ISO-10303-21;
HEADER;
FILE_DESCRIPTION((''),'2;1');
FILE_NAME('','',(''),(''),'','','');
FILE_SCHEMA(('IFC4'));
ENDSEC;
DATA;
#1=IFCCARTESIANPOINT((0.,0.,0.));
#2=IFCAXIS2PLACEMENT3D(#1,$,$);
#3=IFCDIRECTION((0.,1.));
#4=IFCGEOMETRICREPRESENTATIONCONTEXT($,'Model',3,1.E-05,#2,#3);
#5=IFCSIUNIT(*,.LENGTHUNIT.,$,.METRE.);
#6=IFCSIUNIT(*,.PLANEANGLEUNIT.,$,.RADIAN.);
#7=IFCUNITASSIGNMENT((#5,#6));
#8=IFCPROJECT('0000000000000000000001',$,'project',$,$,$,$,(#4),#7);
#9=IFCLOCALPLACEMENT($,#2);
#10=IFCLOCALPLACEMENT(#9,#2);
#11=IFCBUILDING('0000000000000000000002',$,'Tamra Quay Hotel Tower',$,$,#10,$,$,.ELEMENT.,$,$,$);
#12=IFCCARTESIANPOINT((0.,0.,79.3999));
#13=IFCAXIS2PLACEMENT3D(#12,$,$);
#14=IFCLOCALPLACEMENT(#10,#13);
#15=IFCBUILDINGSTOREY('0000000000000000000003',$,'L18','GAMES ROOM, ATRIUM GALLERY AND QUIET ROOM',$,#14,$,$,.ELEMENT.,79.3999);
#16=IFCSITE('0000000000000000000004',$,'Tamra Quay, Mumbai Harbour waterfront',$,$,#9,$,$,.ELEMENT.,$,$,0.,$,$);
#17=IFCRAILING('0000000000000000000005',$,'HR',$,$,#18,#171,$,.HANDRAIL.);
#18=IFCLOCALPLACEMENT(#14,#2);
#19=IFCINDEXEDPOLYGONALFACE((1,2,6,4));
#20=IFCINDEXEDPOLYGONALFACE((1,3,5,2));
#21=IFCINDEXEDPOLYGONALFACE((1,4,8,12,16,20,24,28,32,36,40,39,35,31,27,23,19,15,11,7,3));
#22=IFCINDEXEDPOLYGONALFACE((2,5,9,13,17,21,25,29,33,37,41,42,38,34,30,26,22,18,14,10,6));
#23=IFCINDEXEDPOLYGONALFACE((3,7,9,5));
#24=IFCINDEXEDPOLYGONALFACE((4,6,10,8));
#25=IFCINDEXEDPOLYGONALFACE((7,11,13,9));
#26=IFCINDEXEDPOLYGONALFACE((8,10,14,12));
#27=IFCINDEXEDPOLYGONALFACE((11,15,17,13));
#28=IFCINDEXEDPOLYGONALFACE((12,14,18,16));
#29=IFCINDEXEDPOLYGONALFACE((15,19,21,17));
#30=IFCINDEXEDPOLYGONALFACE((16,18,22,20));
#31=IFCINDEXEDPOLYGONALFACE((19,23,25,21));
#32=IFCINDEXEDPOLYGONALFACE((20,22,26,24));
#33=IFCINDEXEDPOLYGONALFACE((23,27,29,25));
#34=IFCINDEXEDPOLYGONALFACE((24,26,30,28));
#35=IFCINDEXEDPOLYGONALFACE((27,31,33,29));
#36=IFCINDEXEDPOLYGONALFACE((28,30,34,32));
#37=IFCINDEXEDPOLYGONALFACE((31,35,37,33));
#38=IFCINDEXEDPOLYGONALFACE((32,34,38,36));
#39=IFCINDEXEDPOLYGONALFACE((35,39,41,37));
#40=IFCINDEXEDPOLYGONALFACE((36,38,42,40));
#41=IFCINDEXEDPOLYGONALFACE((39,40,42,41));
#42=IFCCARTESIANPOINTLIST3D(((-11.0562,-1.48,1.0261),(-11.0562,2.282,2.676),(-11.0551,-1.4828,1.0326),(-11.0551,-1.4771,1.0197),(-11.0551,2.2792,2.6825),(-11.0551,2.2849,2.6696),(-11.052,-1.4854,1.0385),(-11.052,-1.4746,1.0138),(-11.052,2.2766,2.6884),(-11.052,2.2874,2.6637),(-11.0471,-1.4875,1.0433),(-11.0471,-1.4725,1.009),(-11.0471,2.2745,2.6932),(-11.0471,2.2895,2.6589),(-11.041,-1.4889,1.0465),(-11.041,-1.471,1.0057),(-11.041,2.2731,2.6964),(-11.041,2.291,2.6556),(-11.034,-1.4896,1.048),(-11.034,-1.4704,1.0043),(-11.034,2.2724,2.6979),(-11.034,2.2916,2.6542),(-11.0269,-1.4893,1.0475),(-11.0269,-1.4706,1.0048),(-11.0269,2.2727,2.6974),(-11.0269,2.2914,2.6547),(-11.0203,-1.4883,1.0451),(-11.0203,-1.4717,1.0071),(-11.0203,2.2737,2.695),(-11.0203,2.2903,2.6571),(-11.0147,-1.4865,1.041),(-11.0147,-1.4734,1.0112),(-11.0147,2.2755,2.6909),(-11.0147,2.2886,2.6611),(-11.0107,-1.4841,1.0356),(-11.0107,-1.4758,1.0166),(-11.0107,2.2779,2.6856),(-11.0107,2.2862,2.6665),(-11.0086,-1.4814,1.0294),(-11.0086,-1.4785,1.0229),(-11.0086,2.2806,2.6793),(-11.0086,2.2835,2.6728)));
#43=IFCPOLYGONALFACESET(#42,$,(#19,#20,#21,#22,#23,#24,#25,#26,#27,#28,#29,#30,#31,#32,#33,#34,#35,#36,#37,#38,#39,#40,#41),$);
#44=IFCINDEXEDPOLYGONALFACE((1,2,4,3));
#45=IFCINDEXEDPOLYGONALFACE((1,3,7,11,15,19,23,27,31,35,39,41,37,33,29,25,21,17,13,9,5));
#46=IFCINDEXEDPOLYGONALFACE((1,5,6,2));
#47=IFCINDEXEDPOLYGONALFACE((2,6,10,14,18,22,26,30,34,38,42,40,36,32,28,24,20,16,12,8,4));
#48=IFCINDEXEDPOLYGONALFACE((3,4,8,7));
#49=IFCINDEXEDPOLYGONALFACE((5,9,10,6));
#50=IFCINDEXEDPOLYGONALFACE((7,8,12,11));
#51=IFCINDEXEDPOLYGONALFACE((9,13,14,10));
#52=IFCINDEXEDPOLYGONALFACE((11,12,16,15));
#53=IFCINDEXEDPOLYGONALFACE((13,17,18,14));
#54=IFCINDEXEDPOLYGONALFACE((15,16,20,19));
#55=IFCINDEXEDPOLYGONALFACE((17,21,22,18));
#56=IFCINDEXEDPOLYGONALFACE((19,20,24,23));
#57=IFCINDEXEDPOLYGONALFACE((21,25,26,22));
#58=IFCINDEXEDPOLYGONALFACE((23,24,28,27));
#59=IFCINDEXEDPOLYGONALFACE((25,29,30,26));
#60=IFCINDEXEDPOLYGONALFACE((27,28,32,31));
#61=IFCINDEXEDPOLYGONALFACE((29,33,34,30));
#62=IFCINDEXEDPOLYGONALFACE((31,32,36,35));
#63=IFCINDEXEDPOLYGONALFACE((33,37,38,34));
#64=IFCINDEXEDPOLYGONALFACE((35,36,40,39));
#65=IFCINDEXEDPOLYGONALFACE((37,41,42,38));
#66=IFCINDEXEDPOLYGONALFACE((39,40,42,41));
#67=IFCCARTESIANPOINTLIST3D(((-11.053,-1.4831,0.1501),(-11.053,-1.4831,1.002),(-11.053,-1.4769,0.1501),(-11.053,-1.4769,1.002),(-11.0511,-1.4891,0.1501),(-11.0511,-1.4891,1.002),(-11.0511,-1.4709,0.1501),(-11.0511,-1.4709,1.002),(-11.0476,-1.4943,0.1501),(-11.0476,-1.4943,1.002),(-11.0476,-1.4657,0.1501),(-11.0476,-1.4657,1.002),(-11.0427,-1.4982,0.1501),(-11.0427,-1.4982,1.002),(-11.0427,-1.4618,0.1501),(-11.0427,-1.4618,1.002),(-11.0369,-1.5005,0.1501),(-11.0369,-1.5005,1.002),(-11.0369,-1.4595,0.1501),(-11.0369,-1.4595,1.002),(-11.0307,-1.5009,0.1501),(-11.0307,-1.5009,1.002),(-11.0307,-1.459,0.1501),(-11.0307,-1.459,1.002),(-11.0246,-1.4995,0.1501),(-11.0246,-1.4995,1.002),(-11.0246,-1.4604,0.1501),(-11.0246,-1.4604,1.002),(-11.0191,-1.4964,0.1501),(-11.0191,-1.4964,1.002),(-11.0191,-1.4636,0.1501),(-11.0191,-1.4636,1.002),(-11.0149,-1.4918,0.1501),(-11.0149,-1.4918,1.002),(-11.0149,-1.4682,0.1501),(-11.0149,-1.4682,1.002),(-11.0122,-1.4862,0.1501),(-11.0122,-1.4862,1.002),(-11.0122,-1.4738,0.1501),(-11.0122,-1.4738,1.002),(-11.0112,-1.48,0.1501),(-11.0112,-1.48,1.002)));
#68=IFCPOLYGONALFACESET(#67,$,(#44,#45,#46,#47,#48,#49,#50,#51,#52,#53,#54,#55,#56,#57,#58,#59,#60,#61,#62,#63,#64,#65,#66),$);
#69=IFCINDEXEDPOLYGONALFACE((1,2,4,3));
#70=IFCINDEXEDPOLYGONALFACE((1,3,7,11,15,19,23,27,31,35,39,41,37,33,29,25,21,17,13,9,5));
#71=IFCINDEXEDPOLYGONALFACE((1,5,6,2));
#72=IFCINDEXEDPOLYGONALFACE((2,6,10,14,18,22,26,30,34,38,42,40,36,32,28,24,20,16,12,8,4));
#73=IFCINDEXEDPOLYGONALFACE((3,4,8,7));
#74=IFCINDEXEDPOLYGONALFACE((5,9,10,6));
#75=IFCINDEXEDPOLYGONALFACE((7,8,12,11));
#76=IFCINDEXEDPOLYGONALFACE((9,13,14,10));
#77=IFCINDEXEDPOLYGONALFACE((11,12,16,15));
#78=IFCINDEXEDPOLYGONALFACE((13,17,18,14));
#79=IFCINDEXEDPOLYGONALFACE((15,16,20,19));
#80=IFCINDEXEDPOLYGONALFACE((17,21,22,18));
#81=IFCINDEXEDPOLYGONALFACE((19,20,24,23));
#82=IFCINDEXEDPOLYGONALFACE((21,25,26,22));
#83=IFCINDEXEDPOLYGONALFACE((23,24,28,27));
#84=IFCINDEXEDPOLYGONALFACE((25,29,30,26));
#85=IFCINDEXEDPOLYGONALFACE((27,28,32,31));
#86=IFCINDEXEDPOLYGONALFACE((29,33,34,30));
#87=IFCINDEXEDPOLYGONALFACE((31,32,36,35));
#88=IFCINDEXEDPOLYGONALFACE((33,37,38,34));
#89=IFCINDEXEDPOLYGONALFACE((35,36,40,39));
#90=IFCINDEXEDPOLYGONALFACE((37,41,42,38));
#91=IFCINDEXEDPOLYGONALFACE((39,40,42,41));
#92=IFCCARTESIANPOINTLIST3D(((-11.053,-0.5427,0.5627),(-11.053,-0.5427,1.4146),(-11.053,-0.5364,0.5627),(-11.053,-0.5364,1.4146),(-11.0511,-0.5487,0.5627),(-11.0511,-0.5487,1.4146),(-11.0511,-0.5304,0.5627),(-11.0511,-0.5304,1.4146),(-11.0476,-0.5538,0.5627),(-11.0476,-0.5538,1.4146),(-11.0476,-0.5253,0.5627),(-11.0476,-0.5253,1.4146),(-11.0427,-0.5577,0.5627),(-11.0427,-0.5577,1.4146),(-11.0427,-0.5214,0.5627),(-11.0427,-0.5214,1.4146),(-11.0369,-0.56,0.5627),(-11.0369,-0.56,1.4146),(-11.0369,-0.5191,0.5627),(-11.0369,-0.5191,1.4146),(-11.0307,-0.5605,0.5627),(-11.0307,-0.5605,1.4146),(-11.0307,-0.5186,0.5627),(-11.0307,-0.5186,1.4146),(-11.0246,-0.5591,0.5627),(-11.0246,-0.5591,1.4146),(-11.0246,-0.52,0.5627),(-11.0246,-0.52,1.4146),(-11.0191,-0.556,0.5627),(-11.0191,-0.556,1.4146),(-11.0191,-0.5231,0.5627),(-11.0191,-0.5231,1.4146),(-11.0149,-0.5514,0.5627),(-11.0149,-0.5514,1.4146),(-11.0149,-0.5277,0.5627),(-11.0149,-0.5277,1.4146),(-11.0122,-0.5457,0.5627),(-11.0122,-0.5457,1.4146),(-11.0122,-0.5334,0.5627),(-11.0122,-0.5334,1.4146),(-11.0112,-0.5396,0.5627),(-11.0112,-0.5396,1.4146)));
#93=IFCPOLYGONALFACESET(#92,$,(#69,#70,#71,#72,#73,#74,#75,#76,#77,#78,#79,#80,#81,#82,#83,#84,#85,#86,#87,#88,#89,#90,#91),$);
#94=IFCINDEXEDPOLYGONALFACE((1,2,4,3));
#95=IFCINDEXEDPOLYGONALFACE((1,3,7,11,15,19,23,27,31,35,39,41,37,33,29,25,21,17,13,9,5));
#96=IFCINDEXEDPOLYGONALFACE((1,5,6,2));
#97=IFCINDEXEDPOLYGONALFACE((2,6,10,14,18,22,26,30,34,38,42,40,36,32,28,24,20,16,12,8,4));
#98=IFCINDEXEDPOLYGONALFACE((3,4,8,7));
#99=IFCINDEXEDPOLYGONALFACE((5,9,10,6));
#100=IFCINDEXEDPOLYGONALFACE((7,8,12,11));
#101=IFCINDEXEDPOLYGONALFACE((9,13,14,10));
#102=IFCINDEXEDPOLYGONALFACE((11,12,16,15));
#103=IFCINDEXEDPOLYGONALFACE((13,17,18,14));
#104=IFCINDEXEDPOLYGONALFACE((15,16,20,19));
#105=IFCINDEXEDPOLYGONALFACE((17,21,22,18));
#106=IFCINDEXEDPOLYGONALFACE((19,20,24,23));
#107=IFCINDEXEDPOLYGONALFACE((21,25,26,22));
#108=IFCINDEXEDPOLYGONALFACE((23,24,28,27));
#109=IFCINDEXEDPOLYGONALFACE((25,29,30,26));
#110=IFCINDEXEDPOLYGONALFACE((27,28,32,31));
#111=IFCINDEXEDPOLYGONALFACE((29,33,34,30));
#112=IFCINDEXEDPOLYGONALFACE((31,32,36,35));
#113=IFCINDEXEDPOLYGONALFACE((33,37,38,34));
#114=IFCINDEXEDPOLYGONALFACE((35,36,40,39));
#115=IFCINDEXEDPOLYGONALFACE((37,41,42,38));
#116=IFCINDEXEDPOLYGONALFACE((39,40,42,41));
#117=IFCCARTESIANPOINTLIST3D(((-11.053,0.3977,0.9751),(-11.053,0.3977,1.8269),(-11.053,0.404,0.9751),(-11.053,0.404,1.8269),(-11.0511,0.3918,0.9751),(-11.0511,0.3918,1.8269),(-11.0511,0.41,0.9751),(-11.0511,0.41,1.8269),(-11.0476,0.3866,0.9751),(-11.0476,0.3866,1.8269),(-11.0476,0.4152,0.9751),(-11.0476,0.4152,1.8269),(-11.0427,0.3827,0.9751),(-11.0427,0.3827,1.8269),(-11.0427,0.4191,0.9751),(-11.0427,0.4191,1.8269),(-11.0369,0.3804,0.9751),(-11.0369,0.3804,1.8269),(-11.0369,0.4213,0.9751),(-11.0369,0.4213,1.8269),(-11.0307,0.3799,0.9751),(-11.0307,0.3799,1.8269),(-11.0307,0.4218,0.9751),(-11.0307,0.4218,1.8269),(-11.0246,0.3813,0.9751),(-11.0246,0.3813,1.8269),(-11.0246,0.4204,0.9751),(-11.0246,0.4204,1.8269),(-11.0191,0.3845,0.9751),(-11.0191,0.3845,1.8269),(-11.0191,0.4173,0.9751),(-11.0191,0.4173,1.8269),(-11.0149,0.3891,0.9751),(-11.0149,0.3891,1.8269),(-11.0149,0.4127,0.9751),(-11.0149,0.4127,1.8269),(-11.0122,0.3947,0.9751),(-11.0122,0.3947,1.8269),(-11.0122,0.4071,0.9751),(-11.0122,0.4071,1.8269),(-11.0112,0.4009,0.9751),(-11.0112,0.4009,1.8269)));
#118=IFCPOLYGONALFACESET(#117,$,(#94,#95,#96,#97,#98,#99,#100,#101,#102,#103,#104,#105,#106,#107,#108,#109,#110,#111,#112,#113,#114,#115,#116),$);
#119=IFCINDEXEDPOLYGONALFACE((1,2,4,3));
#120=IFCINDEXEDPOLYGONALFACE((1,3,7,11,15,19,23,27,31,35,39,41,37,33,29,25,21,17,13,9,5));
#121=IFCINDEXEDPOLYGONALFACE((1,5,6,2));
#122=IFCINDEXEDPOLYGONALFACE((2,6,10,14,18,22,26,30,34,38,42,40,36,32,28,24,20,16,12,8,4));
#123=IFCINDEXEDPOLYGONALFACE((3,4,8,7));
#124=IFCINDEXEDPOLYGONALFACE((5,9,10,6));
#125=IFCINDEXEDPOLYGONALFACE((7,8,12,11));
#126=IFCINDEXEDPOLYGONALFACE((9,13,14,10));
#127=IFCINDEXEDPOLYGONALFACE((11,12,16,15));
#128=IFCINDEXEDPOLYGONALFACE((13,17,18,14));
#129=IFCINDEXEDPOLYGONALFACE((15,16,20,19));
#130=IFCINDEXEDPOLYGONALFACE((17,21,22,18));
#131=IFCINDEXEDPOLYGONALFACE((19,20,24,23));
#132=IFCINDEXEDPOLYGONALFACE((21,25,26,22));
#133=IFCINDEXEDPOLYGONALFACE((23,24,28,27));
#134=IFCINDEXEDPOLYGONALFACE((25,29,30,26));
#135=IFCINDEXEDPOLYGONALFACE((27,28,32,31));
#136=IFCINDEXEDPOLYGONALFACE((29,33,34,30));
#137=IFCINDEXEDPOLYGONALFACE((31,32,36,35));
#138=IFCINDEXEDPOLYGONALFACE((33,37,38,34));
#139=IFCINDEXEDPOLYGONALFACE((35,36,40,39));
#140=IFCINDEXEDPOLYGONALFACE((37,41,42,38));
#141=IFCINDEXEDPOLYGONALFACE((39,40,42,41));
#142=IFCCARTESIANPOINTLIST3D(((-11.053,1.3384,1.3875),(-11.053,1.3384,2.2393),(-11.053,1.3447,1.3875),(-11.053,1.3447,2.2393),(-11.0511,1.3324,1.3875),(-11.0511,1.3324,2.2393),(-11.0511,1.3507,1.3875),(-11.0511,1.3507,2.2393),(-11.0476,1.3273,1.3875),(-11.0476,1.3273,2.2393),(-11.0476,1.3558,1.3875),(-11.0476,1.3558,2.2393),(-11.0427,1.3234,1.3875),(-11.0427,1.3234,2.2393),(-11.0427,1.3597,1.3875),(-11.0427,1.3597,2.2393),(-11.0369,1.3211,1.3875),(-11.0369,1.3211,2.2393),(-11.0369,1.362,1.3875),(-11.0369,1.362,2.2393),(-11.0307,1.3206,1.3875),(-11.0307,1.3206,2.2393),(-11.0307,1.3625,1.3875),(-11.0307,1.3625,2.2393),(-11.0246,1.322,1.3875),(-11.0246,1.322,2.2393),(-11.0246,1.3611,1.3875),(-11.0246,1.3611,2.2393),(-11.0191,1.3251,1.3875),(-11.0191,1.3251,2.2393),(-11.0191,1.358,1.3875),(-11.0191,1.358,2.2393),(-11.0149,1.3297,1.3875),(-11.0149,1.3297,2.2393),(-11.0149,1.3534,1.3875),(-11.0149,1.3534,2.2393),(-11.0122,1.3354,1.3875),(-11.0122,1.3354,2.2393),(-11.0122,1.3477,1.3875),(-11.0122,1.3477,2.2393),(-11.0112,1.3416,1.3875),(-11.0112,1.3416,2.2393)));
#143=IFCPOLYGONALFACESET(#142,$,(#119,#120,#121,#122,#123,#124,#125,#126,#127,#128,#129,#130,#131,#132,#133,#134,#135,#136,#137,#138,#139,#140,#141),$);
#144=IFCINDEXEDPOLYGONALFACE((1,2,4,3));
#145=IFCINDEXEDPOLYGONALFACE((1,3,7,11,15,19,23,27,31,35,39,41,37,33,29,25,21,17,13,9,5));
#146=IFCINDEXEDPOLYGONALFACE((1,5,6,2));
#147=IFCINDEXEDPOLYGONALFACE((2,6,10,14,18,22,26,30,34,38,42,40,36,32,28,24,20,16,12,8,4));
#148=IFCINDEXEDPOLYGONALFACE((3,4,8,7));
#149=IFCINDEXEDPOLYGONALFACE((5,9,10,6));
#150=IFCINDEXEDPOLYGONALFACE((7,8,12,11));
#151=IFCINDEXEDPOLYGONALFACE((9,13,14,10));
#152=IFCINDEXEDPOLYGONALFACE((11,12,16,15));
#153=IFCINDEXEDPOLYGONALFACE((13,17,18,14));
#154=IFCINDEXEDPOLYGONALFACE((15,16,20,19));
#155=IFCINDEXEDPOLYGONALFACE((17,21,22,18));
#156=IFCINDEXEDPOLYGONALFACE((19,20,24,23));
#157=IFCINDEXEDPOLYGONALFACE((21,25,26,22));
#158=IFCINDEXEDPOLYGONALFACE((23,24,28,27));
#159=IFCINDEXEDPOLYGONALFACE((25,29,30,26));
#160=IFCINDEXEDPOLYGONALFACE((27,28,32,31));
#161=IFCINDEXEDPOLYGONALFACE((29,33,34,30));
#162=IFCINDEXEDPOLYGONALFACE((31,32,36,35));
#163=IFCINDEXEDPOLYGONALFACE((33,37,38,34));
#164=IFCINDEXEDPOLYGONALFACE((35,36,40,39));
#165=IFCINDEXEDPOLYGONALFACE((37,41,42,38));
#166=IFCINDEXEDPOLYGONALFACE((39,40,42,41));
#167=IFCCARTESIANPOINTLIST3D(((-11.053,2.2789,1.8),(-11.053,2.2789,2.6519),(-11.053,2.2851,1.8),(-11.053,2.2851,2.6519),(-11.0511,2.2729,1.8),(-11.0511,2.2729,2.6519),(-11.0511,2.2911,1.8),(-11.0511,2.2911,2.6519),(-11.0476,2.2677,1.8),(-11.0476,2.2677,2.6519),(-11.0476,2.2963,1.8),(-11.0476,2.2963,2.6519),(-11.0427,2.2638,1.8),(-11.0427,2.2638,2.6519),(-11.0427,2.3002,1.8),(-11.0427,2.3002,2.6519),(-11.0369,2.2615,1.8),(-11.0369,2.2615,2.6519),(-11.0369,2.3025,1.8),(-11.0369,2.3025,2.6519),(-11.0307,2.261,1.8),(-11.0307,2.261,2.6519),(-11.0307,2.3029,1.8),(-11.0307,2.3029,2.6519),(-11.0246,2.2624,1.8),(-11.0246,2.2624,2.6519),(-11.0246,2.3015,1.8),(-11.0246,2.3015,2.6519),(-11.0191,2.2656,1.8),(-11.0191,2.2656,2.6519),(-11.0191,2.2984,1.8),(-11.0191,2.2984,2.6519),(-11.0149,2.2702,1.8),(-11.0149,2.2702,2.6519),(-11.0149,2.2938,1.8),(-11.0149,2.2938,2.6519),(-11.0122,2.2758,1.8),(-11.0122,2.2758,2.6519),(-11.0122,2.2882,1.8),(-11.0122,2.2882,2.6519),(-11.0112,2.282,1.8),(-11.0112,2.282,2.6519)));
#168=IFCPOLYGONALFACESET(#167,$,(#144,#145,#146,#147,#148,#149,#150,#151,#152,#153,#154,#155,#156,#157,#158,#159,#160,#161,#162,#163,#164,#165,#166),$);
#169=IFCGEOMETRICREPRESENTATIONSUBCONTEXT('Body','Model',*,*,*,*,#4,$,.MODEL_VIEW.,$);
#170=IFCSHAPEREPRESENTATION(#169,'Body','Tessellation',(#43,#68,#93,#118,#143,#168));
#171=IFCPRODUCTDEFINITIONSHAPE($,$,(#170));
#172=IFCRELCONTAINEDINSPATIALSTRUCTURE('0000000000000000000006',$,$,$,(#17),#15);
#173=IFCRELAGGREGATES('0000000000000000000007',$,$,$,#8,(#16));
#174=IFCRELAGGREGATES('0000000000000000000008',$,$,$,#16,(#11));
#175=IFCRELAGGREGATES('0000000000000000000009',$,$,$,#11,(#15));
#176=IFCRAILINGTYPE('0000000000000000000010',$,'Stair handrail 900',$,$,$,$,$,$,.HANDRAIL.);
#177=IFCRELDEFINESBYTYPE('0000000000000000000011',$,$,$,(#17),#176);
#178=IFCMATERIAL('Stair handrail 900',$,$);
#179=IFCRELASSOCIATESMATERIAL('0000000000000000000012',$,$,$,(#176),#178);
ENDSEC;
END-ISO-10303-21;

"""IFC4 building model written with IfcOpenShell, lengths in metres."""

from ifc_helpers import new_model, si_unit, direction, frame, origin, origin_2d, place, context, subcontext, project, spatial, circle, extrude, material, type_object, element, save


model = new_model("IFC4")

# Units and contexts
model_context = context("Model", 3, precision=1e-05, world=origin(), true_north=direction((0.0, 1.0)))
body_context = subcontext(model_context, "Body", "Model", "MODEL_VIEW")
ifc_project = project(units=[si_unit("LENGTHUNIT", "METRE"), si_unit("PLANEANGLEUNIT", "RADIAN")], contexts=[model_context])

# Site, building, storey
site_placement = place(None, origin())
site = spatial("IfcSite", under=ifc_project, at=site_placement, Name="Tamra Quay, Mumbai Harbour waterfront", CompositionType="ELEMENT", RefElevation=0.0)
building_placement = place(site_placement, origin())
building = spatial("IfcBuilding", under=site, at=building_placement, Name="Tamra Quay Hotel Tower", CompositionType="ELEMENT")
storey_placement = place(building_placement, frame((0.0, 0.0, 79.3999)))
storey = spatial("IfcBuildingStorey", under=building, at=storey_placement, Name="L18", Description="GAMES ROOM, ATRIUM GALLERY AND QUIET ROOM", CompositionType="ELEMENT", Elevation=79.3999)

# Railing
ifc_material_1 = material(Name="Stair handrail 900")
railing_type = type_object("IfcRailingType", Name="Stair handrail 900", PredefinedType="HANDRAIL", material=ifc_material_1)
railing_placement = place(storey_placement, frame((-11.0322, -1.48, 0.1501)))
element("IfcRailing", 1, at=railing_placement, inside=storey, type_object=railing_type, Name="HR", PredefinedType="HANDRAIL", context=body_context, shape_type="SweptSolid", body=[
    extrude(circle(Radius=0.0239, at=origin_2d()), frame((0.0, 0.0, 0.876), z_axis=(0.0, 0.915795, 0.401645), x_axis=(-1.0, 0.0, 0.0)), (0.0, 0.0, 1.0), 4.1079),
    extrude(circle(Radius=0.021, at=origin_2d()), origin(), (0.0, 0.0, 1.0), 0.8518),
    extrude(circle(Radius=0.021, at=origin_2d()), frame((0.0, 0.9404, 0.4126)), (0.0, 0.0, 1.0), 0.8518),
    extrude(circle(Radius=0.021, at=origin_2d()), frame((0.0, 1.8809, 0.825)), (0.0, 0.0, 1.0), 0.8518),
    extrude(circle(Radius=0.021, at=origin_2d()), frame((0.0, 2.8215, 1.2373)), (0.0, 0.0, 1.0), 0.8518),
    extrude(circle(Radius=0.021, at=origin_2d()), frame((0.0, 3.762, 1.6499)), (0.0, 0.0, 1.0), 0.8518),
])

save(model, "model.ifc")
